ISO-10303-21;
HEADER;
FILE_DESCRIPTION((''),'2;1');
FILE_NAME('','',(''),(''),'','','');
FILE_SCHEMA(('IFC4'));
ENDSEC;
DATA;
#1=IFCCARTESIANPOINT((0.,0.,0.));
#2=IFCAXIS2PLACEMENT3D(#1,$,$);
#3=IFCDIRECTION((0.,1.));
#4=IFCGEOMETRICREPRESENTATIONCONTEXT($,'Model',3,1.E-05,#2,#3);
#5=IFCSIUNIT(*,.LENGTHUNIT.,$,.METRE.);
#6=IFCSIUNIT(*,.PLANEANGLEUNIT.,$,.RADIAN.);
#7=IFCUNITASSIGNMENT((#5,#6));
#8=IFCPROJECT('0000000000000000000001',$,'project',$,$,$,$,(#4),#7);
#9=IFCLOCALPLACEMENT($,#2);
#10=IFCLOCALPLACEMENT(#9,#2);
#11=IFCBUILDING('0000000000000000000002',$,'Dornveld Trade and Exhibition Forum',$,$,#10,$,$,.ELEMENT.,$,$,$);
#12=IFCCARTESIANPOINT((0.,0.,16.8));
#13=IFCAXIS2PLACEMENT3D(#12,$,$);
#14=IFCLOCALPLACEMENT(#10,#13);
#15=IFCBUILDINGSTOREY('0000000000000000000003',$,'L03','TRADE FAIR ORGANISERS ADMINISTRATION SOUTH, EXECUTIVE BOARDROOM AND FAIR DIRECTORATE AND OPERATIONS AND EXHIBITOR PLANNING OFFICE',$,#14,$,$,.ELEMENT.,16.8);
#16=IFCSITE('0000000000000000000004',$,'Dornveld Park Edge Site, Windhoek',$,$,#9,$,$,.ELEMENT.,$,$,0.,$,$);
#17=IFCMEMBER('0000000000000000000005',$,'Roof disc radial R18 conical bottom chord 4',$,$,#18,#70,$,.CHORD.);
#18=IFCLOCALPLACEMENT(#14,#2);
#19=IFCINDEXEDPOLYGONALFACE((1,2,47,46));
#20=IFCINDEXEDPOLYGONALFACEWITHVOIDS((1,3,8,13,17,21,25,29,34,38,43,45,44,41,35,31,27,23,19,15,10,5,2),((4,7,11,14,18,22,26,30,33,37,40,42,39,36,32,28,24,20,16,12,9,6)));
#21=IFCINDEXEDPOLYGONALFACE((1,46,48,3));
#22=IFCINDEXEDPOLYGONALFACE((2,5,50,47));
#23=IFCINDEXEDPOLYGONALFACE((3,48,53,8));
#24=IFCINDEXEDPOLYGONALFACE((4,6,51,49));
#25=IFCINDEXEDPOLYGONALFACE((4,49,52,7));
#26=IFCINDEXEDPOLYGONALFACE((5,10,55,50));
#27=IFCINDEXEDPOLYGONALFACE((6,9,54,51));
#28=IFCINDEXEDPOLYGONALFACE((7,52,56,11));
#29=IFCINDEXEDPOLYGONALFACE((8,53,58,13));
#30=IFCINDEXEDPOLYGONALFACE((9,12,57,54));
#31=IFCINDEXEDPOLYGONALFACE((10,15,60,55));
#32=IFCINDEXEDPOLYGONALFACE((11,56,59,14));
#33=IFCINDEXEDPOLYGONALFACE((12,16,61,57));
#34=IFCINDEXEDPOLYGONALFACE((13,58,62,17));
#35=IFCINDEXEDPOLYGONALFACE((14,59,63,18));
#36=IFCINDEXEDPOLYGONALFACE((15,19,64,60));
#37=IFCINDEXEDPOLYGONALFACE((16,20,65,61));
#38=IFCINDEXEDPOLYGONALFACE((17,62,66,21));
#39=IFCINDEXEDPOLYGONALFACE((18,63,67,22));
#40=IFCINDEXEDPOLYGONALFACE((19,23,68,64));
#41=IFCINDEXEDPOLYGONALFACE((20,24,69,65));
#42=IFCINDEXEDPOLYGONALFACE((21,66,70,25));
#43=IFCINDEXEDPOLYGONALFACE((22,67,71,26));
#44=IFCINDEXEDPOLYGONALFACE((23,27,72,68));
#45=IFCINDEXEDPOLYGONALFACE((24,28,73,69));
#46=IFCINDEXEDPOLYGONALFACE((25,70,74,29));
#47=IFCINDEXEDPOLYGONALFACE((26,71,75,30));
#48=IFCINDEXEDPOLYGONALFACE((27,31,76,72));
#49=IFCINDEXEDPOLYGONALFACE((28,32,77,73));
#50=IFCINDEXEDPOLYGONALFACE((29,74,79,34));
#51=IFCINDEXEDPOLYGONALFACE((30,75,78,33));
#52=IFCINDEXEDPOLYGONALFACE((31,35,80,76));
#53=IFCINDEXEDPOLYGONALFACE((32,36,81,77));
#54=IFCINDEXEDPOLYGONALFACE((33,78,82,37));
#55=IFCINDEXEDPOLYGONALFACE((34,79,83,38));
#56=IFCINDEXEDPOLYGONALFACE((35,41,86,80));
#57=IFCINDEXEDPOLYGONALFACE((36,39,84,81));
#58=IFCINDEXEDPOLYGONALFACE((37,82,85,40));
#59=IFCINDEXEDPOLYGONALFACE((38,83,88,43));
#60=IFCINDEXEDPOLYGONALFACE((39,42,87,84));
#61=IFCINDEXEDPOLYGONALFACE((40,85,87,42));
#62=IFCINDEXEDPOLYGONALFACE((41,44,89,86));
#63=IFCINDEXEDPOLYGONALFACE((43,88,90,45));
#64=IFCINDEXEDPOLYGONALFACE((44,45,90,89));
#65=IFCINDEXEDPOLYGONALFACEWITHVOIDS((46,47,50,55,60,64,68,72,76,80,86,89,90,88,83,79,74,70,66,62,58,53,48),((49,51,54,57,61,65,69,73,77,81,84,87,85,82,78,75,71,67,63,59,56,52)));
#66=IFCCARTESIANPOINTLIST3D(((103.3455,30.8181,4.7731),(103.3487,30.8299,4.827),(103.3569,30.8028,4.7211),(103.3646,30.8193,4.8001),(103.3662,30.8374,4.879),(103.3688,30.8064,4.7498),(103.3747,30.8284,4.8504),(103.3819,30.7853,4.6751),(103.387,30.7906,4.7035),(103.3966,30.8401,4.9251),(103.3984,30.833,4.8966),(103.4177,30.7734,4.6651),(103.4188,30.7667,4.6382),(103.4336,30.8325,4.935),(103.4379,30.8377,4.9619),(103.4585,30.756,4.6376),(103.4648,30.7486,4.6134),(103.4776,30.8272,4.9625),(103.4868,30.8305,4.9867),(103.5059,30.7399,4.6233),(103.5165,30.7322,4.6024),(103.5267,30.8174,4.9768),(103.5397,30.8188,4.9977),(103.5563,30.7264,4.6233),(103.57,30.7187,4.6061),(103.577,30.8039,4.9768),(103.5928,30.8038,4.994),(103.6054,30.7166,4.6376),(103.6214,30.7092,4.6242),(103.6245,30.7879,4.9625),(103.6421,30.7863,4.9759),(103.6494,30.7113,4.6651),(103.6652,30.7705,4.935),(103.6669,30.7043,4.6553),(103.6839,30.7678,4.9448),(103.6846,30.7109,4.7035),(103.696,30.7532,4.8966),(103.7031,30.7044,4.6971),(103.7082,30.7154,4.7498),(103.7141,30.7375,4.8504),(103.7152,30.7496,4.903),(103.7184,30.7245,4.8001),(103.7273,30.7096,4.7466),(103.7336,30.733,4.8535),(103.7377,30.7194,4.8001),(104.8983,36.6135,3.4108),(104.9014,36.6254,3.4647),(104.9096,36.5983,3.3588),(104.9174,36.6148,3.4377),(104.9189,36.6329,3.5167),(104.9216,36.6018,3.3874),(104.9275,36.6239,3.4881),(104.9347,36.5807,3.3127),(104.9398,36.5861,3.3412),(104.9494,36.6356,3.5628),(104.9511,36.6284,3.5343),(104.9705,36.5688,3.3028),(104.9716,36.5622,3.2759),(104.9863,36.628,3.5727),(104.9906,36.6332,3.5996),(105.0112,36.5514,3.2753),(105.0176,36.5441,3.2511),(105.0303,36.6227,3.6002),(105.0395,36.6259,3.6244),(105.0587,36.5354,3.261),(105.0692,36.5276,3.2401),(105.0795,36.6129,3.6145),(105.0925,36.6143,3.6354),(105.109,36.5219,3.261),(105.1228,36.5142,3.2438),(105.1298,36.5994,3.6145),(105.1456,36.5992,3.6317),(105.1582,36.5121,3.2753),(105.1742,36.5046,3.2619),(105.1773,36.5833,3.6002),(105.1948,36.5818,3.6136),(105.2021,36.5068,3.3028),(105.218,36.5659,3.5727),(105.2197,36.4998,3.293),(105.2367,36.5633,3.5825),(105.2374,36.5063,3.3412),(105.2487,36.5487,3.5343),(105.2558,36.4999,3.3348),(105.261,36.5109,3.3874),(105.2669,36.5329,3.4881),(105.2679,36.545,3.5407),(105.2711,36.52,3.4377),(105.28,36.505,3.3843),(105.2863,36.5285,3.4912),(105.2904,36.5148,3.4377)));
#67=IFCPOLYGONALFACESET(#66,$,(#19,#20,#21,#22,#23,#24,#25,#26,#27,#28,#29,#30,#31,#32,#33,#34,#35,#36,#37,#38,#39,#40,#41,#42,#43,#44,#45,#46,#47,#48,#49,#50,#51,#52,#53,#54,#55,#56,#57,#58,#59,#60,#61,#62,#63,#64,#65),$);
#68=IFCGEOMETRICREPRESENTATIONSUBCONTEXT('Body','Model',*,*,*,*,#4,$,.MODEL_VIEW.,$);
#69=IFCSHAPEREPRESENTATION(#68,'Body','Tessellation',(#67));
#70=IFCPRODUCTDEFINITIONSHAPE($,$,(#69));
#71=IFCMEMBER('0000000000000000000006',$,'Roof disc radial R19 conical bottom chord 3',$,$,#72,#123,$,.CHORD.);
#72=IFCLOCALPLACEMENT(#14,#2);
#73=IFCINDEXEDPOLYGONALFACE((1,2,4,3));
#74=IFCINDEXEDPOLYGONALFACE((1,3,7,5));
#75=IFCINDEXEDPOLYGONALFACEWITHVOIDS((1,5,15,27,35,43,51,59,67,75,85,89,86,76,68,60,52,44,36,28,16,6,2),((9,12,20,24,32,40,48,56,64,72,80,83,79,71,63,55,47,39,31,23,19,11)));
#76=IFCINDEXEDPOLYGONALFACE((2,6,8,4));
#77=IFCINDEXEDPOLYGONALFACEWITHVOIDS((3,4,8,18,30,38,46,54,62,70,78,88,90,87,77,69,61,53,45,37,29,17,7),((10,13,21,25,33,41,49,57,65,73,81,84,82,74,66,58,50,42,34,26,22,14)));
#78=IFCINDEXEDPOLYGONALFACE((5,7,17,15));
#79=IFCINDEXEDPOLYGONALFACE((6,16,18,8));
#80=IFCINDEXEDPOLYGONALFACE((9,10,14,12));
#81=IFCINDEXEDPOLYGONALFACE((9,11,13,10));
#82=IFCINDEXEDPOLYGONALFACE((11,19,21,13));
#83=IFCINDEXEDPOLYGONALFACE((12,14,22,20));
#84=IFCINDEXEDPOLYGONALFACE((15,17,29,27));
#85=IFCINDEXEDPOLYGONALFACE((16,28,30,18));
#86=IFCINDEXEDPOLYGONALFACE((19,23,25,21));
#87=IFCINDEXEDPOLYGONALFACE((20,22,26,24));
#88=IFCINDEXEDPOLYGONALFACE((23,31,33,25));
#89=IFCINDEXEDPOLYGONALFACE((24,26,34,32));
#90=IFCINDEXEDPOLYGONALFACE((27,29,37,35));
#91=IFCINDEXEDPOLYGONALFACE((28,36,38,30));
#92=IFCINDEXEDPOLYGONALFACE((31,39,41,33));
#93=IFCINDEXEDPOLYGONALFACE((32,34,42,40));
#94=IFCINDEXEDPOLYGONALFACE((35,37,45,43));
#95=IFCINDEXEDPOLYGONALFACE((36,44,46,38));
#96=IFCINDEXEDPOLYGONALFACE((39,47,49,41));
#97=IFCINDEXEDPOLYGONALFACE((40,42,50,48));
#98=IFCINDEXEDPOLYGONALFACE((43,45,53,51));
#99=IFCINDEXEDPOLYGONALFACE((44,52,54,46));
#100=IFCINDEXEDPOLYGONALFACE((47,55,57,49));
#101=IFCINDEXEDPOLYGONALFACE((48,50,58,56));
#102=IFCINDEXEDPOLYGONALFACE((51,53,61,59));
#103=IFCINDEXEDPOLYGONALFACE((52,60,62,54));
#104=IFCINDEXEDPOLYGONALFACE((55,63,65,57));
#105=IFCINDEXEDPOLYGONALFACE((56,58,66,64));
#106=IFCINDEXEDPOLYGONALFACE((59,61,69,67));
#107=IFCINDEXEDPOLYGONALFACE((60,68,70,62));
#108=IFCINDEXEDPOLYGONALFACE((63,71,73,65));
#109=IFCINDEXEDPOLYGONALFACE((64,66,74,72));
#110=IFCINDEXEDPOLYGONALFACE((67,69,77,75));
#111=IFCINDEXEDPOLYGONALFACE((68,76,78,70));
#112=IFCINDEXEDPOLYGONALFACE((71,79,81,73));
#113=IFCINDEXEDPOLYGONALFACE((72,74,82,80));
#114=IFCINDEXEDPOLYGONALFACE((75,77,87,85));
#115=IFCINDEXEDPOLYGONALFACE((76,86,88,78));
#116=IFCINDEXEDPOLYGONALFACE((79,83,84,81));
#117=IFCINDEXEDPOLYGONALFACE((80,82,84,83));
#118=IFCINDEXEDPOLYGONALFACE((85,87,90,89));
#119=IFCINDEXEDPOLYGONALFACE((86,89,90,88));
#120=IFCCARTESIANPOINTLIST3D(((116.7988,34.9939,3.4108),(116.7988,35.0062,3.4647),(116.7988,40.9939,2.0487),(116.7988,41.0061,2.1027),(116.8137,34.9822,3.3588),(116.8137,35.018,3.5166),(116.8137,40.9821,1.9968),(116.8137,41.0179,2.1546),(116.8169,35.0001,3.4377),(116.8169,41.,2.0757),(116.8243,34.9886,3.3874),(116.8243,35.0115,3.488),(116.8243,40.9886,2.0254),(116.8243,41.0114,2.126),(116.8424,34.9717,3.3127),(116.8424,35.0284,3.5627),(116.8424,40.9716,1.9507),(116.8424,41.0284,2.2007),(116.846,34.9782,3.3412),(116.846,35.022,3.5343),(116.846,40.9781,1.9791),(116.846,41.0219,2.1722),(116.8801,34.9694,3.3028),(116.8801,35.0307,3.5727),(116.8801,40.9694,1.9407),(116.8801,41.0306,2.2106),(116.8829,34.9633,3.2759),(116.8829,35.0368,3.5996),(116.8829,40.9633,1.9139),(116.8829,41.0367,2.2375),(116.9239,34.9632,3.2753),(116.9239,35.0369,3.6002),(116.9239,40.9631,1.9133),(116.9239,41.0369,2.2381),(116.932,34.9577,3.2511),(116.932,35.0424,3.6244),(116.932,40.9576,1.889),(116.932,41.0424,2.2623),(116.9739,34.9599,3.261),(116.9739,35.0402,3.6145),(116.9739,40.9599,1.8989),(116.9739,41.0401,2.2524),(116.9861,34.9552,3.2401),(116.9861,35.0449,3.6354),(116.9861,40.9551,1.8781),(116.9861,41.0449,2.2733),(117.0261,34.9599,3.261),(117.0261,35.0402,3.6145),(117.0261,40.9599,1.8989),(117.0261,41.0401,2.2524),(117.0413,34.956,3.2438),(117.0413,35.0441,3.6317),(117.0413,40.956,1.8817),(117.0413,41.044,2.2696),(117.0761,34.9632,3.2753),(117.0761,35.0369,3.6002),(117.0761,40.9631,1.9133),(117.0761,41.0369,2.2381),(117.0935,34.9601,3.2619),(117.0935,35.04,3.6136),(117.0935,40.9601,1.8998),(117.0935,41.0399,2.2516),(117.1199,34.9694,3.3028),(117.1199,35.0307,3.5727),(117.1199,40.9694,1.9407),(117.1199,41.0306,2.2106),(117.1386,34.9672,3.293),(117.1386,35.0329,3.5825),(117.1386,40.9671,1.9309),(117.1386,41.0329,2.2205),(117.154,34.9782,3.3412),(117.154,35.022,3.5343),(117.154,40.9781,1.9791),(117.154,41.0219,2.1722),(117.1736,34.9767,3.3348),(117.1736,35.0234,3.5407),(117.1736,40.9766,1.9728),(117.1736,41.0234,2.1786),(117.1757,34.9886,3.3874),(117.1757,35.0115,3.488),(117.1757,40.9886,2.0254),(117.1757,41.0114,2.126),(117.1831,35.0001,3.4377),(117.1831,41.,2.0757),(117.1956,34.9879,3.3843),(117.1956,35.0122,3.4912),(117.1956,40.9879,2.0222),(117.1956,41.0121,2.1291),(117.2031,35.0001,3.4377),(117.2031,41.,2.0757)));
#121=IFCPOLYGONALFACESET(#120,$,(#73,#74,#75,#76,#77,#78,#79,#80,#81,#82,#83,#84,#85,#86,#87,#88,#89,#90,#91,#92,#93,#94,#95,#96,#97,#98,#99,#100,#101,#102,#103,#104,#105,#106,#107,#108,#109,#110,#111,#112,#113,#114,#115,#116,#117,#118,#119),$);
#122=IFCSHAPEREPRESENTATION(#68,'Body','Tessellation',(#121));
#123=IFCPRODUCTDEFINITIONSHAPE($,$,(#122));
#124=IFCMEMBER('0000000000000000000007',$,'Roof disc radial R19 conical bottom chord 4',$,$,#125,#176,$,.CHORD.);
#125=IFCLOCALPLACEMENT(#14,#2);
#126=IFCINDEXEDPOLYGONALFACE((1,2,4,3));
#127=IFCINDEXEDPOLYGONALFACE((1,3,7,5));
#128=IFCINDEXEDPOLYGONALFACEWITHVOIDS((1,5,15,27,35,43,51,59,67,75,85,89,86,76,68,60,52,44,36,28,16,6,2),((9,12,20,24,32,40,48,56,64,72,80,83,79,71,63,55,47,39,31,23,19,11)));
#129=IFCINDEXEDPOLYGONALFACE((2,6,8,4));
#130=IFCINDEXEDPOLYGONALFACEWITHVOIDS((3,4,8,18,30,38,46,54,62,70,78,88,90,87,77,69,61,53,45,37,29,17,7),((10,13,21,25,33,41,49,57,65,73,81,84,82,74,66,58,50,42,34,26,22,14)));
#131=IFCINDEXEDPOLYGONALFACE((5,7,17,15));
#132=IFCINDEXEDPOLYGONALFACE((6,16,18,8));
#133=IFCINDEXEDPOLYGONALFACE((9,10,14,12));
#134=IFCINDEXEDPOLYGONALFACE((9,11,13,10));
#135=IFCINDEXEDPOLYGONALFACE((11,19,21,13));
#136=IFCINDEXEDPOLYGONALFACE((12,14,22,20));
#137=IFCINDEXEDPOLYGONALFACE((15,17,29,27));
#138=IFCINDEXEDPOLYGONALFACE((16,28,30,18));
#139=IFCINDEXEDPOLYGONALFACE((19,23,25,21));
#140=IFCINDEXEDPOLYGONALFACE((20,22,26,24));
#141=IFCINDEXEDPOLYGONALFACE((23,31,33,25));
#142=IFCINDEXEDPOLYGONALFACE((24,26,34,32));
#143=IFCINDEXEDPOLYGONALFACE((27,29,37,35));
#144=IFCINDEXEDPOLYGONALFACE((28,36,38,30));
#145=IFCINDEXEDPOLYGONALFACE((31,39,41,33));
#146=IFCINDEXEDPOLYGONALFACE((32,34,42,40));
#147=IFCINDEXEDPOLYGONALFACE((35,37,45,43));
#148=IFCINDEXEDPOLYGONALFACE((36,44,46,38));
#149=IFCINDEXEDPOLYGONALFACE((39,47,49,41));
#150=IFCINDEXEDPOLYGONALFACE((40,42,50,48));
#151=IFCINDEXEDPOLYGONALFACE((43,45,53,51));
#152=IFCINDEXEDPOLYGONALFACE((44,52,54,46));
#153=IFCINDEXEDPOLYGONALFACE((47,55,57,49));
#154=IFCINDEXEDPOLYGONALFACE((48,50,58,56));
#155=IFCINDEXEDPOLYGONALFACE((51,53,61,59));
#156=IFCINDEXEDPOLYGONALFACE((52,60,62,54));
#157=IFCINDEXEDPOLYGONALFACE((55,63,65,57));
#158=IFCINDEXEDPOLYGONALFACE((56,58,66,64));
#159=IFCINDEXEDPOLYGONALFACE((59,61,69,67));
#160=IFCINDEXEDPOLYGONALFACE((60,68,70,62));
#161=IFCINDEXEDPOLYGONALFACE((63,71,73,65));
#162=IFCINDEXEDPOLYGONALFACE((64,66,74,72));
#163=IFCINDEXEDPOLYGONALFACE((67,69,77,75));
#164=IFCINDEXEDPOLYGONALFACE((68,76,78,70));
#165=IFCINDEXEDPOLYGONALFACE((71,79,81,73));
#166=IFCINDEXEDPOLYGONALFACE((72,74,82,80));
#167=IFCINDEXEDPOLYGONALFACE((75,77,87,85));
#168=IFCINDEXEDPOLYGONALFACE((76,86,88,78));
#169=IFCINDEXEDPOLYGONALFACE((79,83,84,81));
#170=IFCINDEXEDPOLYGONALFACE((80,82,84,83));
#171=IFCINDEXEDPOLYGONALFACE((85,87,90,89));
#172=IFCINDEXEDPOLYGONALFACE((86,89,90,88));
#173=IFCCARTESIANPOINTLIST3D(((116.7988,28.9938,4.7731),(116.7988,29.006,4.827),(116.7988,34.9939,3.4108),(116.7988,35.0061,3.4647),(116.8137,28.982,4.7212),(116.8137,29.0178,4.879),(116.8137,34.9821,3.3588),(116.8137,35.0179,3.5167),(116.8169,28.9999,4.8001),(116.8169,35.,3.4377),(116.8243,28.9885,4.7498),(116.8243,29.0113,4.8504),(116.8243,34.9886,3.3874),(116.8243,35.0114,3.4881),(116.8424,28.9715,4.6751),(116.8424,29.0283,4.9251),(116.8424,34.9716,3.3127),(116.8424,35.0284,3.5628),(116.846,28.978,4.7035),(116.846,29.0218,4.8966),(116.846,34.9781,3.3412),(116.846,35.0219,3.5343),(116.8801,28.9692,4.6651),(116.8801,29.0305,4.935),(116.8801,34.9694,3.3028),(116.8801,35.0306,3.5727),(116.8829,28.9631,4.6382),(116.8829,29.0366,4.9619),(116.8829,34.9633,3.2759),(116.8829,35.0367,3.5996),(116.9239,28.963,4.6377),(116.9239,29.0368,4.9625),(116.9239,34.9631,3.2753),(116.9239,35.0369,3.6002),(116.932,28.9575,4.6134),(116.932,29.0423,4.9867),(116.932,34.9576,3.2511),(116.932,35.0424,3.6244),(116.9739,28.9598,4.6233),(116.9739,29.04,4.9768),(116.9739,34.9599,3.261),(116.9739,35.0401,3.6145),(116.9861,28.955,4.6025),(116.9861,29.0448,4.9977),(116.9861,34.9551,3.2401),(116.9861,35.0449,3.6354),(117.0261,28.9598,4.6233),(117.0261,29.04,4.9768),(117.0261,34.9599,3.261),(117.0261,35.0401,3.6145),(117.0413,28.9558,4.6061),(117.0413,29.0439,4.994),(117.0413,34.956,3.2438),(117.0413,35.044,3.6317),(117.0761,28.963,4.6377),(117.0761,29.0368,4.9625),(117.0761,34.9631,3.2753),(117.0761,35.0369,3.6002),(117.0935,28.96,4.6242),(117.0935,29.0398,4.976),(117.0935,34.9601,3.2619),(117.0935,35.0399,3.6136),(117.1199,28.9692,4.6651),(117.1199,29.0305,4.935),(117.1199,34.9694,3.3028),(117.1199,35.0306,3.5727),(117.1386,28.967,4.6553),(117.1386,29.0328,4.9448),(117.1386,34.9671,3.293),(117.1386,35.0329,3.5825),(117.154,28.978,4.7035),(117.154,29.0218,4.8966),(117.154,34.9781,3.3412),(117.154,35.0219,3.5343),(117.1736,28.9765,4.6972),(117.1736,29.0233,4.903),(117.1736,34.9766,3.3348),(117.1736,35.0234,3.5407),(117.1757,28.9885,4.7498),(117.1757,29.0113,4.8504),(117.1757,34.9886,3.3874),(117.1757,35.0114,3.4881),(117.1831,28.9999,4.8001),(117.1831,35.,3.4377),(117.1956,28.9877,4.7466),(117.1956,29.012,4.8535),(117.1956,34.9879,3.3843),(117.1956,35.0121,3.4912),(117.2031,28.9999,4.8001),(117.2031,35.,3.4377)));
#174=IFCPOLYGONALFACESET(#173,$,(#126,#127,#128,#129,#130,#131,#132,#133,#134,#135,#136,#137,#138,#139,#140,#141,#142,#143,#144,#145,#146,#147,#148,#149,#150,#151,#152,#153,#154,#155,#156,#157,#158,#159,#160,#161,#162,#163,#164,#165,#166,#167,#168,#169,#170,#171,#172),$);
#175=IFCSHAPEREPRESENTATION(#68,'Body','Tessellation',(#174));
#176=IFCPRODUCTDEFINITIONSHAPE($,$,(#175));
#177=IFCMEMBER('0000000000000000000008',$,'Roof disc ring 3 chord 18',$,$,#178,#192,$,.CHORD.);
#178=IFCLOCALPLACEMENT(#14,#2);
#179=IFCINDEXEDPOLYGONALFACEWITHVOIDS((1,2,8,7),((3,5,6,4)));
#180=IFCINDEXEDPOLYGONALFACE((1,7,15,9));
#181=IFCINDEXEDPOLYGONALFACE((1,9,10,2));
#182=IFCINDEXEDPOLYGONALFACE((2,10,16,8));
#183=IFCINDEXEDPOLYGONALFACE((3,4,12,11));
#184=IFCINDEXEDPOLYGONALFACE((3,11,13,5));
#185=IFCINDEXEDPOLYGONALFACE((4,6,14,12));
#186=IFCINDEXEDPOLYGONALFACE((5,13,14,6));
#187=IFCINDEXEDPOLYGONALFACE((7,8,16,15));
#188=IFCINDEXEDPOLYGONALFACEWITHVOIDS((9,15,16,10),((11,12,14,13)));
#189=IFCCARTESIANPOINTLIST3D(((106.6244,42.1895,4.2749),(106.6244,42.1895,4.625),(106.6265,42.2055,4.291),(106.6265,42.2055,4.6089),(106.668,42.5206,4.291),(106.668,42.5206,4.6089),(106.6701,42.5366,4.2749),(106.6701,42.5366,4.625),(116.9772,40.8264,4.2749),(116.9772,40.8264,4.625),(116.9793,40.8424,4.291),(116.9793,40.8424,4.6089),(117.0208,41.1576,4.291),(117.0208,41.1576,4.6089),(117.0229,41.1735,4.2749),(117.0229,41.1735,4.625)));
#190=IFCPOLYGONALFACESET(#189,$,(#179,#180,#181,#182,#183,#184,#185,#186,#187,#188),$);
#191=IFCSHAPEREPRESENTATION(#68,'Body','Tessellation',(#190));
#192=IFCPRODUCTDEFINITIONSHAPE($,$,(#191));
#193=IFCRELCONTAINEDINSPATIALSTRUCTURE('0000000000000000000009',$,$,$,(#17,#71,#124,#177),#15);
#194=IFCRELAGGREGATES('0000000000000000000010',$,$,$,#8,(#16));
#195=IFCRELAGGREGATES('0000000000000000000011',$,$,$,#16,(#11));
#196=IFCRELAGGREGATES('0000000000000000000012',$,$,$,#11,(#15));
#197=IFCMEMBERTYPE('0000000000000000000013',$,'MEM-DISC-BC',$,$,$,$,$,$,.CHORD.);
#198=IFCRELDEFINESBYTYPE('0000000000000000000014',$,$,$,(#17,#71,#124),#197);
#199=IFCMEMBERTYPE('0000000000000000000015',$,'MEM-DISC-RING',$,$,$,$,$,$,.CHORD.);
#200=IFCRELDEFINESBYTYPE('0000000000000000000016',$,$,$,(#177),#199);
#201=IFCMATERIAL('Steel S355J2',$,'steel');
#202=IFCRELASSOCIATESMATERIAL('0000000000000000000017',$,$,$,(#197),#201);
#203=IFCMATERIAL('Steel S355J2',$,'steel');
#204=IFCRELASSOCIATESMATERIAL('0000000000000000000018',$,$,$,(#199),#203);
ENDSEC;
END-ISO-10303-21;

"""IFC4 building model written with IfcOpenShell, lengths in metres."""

from ifc_helpers import new_model, si_unit, direction, frame, origin, origin_2d, place, context, subcontext, project, spatial, hollow_rectangle, hollow_circle, extrude, material, material_profile, profile_set, type_object, element, save


model = new_model("IFC4")

# Units and contexts
model_context = context("Model", 3, precision=1e-05, world=origin(), true_north=direction((0.0, 1.0)))
body_context = subcontext(model_context, "Body", "Model", "MODEL_VIEW")
ifc_project = project(units=[si_unit("LENGTHUNIT", "METRE"), si_unit("PLANEANGLEUNIT", "RADIAN")], contexts=[model_context])

# Site, building, storey
site_placement = place(None, origin())
site = spatial("IfcSite", under=ifc_project, at=site_placement, Name="Dornveld Park Edge Site, Windhoek", CompositionType="ELEMENT", RefElevation=0.0)
building_placement = place(site_placement, origin())
building = spatial("IfcBuilding", under=site, at=building_placement, Name="Dornveld Trade and Exhibition Forum", CompositionType="ELEMENT")
storey_placement = place(building_placement, frame((0.0, 0.0, 16.8)))
storey = spatial("IfcBuildingStorey", under=building, at=storey_placement, Name="L03", Description="TRADE FAIR ORGANISERS ADMINISTRATION SOUTH, EXECUTIVE BOARDROOM AND FAIR DIRECTORATE AND OPERATIONS AND EXHIBITOR PLANNING OFFICE", CompositionType="ELEMENT", Elevation=16.8)

# Members
ifc_material_1 = material(Name="Steel S355J2", Category="steel")
ifc_material_profile_1 = material_profile(ifc_material_1, hollow_circle(Radius=0.2031, WallThickness=0.02, at=origin_2d()), Name="CHS 406.4x20")
ifc_profile_set_1 = profile_set([ifc_material_profile_1], Name="Steel S355J2")
member_type_1 = type_object("IfcMemberType", Name="MEM-DISC-BC", PredefinedType="CHORD", material=ifc_profile_set_1)
for number, where, z_axis, x_axis, name in (
    (1, (105.0942, 36.5674, 3.4377), (-0.252373, -0.941955, 0.221422), (0.965932, -0.258797, 0.0), "Roof disc radial R18 conical bottom chord 4"),
    (2, (117.0, 41.0, 2.0757), (0.0, -0.975188, 0.221378), (1.0, 0.0, 0.0), "Roof disc radial R19 conical bottom chord 3"),
):
    element("IfcMember", number, at=place(storey_placement, frame(where, z_axis=z_axis, x_axis=x_axis)), inside=storey, type_object=member_type_1, Name=name, PredefinedType="CHORD", context=body_context, shape_type="SweptSolid", body=[
        extrude(hollow_circle(Radius=0.2031, WallThickness=0.02, at=origin_2d()), origin(), (0.0, 0.0, 1.0), 6.1526),
    ])
member_1_placement = place(storey_placement, frame((117.0, 35.0, 3.4377), z_axis=(0.0, -0.97518, 0.221415), x_axis=(1.0, 0.0, 0.0)))
element("IfcMember", 3, at=member_1_placement, inside=storey, type_object=member_type_1, Name="Roof disc radial R19 conical bottom chord 4", PredefinedType="CHORD", context=body_context, shape_type="SweptSolid", body=[
    extrude(hollow_circle(Radius=0.2031, WallThickness=0.02, at=origin_2d()), origin(), (0.0, 0.0, 1.0), 6.1528),
])
ifc_material_2 = material(Name="Steel S355J2", Category="steel")
ifc_material_profile_2 = material_profile(ifc_material_2, hollow_rectangle(XDim=0.3501, YDim=0.3501, WallThickness=0.0161, at=origin_2d()), Name="SHS 350x350x16")
ifc_profile_set_2 = profile_set([ifc_material_profile_2], Name="Steel S355J2")
member_type_2 = type_object("IfcMemberType", Name="MEM-DISC-RING", PredefinedType="CHORD", material=ifc_profile_set_2)
member_2_placement = place(storey_placement, frame((106.6472, 42.363, 4.45), z_axis=(0.991444, -0.130533, 0.0), x_axis=(0.130533, 0.991444, 0.0)))
element("IfcMember", 4, at=member_2_placement, inside=storey, type_object=member_type_2, Name="Roof disc ring 3 chord 18", PredefinedType="CHORD", context=body_context, shape_type="SweptSolid", body=[
    extrude(hollow_rectangle(XDim=0.3501, YDim=0.3501, WallThickness=0.0161, at=origin_2d()), origin(), (0.0, 0.0, 1.0), 10.4421),
])

save(model, "model.ifc")
